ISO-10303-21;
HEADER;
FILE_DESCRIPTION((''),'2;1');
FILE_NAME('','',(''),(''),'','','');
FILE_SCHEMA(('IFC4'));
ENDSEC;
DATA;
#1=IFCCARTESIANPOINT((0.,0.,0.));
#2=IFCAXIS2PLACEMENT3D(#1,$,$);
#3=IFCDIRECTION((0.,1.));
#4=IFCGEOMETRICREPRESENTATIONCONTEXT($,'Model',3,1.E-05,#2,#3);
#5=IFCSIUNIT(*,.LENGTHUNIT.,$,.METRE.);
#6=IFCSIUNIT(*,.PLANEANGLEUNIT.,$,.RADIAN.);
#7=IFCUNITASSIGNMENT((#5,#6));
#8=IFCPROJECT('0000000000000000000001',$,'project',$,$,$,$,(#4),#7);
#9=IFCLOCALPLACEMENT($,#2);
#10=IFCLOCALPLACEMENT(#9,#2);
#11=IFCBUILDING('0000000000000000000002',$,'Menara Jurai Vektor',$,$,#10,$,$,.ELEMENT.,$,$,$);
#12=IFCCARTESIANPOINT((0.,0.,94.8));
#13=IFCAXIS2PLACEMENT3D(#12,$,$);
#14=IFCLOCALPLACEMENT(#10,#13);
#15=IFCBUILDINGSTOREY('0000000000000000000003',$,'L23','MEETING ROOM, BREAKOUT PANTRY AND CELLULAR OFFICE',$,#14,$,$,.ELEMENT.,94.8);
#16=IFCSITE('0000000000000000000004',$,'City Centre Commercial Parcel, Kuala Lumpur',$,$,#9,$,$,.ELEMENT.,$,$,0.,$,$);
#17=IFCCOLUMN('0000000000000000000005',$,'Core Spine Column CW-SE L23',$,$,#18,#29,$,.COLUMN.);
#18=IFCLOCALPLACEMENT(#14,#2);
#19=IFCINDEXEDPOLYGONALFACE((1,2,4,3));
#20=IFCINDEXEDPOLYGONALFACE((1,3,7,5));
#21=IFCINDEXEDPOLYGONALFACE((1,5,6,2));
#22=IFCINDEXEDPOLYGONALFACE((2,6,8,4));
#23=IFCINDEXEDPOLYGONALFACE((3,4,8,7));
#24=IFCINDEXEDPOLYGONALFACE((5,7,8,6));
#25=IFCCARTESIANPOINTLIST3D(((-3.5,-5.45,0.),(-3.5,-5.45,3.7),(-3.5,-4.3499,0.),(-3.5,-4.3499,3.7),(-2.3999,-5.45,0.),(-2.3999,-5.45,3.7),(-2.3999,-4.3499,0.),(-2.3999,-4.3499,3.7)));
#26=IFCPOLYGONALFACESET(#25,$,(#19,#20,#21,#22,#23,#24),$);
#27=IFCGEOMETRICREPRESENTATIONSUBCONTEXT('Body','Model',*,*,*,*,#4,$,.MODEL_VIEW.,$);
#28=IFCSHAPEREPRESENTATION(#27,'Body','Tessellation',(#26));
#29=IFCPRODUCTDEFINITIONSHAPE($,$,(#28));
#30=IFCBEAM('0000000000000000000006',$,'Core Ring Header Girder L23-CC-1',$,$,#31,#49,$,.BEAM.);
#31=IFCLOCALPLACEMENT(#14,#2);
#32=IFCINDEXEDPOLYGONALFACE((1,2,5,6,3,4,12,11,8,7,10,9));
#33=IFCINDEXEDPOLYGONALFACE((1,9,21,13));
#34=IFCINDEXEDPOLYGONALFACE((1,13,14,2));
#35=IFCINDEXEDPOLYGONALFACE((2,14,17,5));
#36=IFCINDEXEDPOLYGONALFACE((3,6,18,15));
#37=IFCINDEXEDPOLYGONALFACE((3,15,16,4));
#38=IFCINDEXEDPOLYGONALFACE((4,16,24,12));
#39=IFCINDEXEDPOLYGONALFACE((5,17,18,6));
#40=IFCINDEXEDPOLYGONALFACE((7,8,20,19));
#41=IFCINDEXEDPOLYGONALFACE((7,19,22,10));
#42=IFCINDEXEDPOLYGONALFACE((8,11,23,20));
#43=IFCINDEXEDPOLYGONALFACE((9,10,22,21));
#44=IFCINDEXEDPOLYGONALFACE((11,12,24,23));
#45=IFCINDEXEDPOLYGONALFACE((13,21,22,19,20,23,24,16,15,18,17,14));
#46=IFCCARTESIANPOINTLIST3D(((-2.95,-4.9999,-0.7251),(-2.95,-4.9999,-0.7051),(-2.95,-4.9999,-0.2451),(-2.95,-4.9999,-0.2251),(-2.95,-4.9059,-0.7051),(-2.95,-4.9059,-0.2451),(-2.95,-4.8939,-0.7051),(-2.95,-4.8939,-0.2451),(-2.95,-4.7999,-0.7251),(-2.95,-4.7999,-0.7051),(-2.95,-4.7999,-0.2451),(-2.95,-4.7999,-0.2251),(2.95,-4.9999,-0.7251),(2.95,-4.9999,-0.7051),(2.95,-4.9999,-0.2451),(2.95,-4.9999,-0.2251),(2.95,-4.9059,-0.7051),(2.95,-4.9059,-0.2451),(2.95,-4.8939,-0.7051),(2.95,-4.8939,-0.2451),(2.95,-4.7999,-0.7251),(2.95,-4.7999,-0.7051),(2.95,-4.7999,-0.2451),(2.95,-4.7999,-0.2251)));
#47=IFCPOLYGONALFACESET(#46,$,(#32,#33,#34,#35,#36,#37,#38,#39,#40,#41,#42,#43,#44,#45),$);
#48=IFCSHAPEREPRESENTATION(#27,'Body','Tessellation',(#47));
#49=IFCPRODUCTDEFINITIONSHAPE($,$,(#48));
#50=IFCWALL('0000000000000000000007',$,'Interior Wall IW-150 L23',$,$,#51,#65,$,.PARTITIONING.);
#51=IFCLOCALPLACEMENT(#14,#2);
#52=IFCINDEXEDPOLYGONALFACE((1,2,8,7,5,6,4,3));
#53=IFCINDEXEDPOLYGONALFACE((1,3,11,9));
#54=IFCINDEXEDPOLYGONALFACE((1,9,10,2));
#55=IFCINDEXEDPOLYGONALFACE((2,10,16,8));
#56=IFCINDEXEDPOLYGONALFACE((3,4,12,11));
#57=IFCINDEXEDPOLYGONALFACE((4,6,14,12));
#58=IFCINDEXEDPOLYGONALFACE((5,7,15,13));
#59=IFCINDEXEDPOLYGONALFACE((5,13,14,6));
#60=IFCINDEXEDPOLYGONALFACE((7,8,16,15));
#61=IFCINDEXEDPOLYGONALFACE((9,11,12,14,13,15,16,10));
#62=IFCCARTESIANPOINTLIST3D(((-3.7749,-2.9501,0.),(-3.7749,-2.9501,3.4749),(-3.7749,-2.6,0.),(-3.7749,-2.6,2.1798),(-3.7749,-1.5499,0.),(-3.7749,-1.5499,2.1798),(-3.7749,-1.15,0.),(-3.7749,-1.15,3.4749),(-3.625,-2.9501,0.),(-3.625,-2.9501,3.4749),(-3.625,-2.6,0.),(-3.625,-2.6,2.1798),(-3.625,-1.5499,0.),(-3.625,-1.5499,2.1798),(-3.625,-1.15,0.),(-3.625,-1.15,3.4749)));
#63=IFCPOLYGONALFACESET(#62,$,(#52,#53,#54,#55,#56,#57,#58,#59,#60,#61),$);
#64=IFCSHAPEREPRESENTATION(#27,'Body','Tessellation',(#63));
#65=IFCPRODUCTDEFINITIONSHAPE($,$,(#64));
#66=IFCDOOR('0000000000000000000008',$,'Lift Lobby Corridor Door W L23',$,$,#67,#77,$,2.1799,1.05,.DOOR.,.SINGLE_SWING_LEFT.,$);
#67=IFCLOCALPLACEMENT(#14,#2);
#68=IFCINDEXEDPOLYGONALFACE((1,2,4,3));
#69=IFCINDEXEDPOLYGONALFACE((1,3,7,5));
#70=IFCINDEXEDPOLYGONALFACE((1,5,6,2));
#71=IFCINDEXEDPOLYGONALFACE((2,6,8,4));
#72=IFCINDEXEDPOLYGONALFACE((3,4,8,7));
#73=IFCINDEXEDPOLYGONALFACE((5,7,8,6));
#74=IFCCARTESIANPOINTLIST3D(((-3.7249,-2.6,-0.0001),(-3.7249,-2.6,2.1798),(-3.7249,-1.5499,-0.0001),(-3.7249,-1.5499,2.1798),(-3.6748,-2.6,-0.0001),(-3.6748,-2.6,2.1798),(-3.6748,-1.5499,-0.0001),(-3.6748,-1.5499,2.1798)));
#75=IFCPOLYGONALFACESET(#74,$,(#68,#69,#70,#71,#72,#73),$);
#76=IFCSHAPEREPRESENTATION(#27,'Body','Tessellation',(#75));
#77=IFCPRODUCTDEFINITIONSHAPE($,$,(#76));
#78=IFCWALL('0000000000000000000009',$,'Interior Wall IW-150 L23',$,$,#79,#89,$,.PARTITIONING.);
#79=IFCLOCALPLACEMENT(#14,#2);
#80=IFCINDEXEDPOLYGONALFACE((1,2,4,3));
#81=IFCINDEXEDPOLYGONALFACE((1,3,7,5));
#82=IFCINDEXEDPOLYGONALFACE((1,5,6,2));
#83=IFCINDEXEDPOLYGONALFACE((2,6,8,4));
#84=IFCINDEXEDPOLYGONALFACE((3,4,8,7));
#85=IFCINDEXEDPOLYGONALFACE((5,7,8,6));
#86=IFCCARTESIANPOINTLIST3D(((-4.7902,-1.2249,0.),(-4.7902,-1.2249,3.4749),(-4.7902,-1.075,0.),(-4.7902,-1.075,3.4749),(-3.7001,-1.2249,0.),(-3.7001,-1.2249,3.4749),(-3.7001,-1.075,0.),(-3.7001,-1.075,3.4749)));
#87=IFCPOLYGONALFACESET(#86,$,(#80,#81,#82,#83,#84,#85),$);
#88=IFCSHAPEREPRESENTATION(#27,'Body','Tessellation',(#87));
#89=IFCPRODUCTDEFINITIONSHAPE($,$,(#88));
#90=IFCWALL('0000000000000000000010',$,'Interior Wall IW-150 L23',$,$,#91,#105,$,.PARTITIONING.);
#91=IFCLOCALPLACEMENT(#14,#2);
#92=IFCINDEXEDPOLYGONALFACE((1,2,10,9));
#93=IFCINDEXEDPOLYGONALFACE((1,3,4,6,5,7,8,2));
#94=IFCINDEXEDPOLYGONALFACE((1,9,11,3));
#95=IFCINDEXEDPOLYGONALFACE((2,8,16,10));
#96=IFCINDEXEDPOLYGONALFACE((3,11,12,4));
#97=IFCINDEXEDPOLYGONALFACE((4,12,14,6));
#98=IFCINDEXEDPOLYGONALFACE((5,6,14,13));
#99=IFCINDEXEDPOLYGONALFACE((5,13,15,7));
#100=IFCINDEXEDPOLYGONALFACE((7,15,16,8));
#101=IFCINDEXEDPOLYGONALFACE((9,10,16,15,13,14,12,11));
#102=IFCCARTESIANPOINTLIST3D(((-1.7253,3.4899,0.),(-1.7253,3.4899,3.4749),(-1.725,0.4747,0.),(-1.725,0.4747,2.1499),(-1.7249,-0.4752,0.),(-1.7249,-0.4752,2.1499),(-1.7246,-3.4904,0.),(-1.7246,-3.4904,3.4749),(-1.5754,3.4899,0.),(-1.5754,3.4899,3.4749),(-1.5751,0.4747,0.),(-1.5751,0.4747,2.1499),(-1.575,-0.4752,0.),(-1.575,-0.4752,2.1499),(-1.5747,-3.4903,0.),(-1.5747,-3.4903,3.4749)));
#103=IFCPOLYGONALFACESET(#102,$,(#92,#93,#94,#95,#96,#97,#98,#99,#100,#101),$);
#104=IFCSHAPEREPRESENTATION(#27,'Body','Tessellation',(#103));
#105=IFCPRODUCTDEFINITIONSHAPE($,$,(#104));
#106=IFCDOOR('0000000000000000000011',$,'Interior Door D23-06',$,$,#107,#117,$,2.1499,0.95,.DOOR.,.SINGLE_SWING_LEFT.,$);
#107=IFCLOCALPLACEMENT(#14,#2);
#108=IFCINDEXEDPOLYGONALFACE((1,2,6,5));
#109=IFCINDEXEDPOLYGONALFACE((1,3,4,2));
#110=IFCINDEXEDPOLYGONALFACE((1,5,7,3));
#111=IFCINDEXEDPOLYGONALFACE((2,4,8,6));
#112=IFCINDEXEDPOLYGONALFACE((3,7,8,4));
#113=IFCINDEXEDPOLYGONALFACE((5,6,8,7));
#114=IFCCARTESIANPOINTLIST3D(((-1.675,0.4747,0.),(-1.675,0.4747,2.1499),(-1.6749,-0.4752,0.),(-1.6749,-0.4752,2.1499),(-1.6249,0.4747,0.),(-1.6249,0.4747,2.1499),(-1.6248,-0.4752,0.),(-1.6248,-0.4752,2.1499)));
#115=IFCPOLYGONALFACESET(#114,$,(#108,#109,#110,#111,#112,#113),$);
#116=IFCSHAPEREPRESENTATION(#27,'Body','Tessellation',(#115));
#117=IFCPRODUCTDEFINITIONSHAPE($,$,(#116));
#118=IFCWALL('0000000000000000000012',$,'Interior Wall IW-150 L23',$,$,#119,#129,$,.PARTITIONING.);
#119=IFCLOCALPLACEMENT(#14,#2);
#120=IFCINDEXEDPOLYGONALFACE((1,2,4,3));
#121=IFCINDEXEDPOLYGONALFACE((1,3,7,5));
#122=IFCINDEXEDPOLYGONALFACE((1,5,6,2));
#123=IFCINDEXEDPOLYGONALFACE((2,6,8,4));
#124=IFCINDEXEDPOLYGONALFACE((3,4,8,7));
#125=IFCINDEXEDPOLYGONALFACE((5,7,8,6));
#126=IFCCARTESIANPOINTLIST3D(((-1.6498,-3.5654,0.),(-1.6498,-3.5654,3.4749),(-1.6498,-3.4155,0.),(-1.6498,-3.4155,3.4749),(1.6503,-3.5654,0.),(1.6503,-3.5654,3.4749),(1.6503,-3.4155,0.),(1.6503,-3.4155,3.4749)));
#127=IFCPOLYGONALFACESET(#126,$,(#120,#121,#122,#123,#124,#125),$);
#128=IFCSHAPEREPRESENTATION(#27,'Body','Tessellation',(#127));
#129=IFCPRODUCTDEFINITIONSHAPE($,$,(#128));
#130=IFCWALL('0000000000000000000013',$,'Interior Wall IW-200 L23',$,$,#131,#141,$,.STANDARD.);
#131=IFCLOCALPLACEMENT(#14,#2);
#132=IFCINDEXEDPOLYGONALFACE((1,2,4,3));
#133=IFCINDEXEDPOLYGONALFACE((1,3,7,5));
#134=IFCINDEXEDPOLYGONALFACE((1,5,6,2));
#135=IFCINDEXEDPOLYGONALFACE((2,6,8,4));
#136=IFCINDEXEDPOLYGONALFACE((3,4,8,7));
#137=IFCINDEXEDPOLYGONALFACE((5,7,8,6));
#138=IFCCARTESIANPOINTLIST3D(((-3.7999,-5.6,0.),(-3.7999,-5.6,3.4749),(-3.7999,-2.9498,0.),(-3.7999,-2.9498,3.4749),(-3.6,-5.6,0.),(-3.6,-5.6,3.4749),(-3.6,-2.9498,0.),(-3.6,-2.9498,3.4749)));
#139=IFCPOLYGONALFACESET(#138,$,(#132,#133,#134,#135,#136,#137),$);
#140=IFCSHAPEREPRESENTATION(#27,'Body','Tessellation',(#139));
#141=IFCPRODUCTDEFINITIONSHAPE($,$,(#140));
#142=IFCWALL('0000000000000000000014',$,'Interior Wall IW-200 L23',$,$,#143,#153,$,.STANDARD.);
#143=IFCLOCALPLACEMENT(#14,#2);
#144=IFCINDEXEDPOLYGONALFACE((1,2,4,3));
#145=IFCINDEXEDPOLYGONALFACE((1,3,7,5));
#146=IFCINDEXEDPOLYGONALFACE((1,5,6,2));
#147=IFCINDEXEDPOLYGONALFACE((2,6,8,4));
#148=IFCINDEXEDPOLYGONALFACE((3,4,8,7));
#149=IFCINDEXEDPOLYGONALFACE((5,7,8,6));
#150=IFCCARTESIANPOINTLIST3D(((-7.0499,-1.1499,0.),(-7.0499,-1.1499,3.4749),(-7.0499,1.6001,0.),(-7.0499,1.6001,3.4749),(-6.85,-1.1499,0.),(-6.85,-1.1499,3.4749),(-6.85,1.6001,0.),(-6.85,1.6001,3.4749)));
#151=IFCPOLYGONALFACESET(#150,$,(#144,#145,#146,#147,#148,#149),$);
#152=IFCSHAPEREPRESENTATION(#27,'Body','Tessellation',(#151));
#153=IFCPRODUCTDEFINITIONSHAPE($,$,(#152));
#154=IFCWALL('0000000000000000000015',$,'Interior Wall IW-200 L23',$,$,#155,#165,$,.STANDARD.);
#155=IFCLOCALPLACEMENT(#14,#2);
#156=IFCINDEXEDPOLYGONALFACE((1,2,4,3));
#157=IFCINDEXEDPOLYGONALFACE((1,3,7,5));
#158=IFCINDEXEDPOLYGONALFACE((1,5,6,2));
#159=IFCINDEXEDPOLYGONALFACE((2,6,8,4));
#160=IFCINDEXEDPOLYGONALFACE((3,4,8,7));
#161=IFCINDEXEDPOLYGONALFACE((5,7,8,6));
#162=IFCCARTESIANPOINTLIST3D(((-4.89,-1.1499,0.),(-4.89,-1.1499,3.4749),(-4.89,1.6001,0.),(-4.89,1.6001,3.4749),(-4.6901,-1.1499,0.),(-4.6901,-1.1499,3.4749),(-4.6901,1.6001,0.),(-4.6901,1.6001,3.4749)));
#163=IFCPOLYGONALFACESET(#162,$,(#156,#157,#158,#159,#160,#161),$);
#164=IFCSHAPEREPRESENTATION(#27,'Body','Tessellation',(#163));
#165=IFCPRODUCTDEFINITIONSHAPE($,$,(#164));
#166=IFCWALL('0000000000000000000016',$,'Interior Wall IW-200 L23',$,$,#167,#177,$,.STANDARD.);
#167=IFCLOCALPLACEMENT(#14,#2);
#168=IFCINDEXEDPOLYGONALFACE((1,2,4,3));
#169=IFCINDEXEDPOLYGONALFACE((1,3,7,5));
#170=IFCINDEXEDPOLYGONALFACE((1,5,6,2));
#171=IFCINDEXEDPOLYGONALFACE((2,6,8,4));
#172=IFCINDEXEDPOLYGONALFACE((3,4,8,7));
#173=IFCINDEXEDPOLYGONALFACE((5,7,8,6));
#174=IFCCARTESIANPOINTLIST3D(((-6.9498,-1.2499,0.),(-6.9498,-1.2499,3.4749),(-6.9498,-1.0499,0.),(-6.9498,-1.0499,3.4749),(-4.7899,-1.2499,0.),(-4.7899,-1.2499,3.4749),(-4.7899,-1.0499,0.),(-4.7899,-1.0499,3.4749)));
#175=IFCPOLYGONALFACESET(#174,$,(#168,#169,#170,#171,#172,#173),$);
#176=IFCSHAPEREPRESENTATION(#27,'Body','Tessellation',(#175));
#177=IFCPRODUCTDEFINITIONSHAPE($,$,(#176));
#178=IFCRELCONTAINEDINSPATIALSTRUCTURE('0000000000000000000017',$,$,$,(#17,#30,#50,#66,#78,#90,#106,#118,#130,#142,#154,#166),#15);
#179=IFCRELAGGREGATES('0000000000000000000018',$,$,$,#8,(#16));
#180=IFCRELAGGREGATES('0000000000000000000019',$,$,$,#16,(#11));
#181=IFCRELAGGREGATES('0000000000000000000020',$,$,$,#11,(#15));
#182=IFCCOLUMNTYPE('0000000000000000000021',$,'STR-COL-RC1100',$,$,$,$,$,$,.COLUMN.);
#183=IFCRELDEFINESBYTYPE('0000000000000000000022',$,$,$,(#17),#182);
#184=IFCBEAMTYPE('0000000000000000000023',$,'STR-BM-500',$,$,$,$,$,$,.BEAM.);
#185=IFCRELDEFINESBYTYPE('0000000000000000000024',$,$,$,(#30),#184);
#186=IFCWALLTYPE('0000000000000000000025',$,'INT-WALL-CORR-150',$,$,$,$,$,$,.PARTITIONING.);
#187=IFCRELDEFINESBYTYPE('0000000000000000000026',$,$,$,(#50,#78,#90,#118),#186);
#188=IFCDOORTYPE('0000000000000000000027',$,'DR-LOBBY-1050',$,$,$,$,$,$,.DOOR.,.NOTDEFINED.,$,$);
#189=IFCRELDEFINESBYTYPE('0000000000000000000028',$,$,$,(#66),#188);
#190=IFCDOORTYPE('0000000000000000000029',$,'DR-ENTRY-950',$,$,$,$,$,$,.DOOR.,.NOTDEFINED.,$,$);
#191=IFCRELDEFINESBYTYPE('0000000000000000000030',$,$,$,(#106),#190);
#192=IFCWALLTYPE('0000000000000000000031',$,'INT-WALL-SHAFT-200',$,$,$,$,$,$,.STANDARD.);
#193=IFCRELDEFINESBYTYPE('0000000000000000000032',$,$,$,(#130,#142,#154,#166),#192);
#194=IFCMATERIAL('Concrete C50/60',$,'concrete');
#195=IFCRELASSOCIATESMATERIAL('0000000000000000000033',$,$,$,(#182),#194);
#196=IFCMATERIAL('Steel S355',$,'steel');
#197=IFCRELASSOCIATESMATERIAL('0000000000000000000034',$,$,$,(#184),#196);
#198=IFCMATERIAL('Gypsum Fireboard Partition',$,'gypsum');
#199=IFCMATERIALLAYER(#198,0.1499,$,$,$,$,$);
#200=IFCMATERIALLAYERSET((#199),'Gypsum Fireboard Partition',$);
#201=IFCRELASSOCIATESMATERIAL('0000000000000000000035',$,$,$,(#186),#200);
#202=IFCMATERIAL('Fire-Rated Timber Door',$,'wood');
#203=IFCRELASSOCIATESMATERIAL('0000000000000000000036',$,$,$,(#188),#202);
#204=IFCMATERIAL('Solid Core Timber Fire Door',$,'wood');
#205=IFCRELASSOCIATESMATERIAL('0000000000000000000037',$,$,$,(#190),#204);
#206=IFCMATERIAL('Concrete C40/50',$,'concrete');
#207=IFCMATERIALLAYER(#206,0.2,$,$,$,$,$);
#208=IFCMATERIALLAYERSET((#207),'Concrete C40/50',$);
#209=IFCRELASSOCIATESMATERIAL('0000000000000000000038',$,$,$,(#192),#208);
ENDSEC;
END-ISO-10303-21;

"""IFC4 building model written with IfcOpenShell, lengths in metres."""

from ifc_helpers import new_model, si_unit, direction, frame, frame_2d, origin, origin_2d, place, context, subcontext, project, spatial, rectangle, i_section, extrude, material, layer, layer_set, material_profile, profile_set, type_object, element, fill, save


model = new_model("IFC4")

# Units and contexts
model_context = context("Model", 3, precision=1e-05, world=origin(), true_north=direction((0.0, 1.0)))
body_context = subcontext(model_context, "Body", "Model", "MODEL_VIEW")
ifc_project = project(units=[si_unit("LENGTHUNIT", "METRE"), si_unit("PLANEANGLEUNIT", "RADIAN")], contexts=[model_context])

# Site, building, storey
site_placement = place(None, origin())
site = spatial("IfcSite", under=ifc_project, at=site_placement, Name="City Centre Commercial Parcel, Kuala Lumpur", CompositionType="ELEMENT", RefElevation=0.0)
building_placement = place(site_placement, origin())
building = spatial("IfcBuilding", under=site, at=building_placement, Name="Menara Jurai Vektor", CompositionType="ELEMENT")
storey_placement = place(building_placement, frame((0.0, 0.0, 94.8)))
storey = spatial("IfcBuildingStorey", under=building, at=storey_placement, Name="L23", Description="MEETING ROOM, BREAKOUT PANTRY AND CELLULAR OFFICE", CompositionType="ELEMENT", Elevation=94.8)

# Column
ifc_material_1 = material(Name="Concrete C50/60", Category="concrete")
ifc_material_profile_1 = material_profile(ifc_material_1, rectangle(XDim=1.1001, YDim=1.1001, at=origin_2d()), Name="RC 1100x1100")
ifc_profile_set_1 = profile_set([ifc_material_profile_1], Name="Concrete C50/60")
column_type = type_object("IfcColumnType", Name="STR-COL-RC1100", PredefinedType="COLUMN", material=ifc_profile_set_1)
column_placement = place(storey_placement, frame((-2.95, -4.8999, 0.0), z_axis=(0.0, 0.0, 1.0), x_axis=(1.0, 0.0, 0.0)))
element("IfcColumn", 1, at=column_placement, inside=storey, type_object=column_type, Name="Core Spine Column CW-SE L23", PredefinedType="COLUMN", context=body_context, shape_type="SweptSolid", body=[
    extrude(rectangle(XDim=1.1001, YDim=1.1001, at=origin_2d()), origin(), (0.0, 0.0, 1.0), 3.7),
])

# Beam
ifc_material_2 = material(Name="Steel S355", Category="steel")
ifc_material_profile_2 = material_profile(ifc_material_2, i_section(OverallWidth=0.2, OverallDepth=0.5, WebThickness=0.012, FlangeThickness=0.02, at=origin_2d()), Name="PG 500x200x96")
ifc_profile_set_2 = profile_set([ifc_material_profile_2], Name="Steel S355")
beam_type = type_object("IfcBeamType", Name="STR-BM-500", PredefinedType="BEAM", material=ifc_profile_set_2)
beam_placement = place(storey_placement, frame((-2.95, -4.8999, -0.4751), z_axis=(1.0, 0.0, 0.0), x_axis=(0.0, 1.0, 0.0)))
element("IfcBeam", 2, at=beam_placement, inside=storey, type_object=beam_type, Name="Core Ring Header Girder L23-CC-1", PredefinedType="BEAM", context=body_context, shape_type="SweptSolid", body=[
    extrude(i_section(OverallWidth=0.2, OverallDepth=0.5, WebThickness=0.012, FlangeThickness=0.02, at=origin_2d()), origin(), (0.0, 0.0, 1.0), 5.8999),
])

# Wall, opening, door
ifc_material_3 = material(Name="Gypsum Fireboard Partition", Category="gypsum")
ifc_layer_1 = layer(ifc_material_3, 0.1499)
ifc_layer_set_1 = layer_set([ifc_layer_1], Name="Gypsum Fireboard Partition")
wall_type_1 = type_object("IfcWallType", Name="INT-WALL-CORR-150", PredefinedType="PARTITIONING", material=ifc_layer_set_1)
wall_1_placement = place(storey_placement, frame((-3.7, -2.95, 0.0), z_axis=(0.0, 0.0, 1.0), x_axis=(0.0, 1.0, 0.0)))
wall_1 = element("IfcWall", 3, at=wall_1_placement, inside=storey, type_object=wall_type_1, Name="Interior Wall IW-150 L23", PredefinedType="PARTITIONING", context=body_context, shape_type="SweptSolid", body=[
    extrude(rectangle(XDim=1.8, YDim=0.1499, at=frame_2d((0.8999, 0.0))), origin(), (0.0, 0.0, 1.0), 3.4749),
])
opening_1_placement = place(wall_1_placement, frame((0.3501, 0.0, 0.0)))
opening_1 = element("IfcOpeningElement", 4, at=opening_1_placement, cuts=wall_1, PredefinedType="OPENING", context=body_context, shape_type="SweptSolid", body=[
    extrude(rectangle(XDim=1.05, YDim=2.1799, at=frame_2d((0.5249, 1.0898))), frame((0.0, 0.085, 0.0), z_axis=(0.0, -1.0, 0.0), x_axis=(1.0, 0.0, 0.0)), (0.0, 0.0, 1.0), 0.1699),
])
ifc_material_4 = material(Name="Fire-Rated Timber Door", Category="wood")
door_type_1 = type_object("IfcDoorType", Name="DR-LOBBY-1050", OperationType="NOTDEFINED", PredefinedType="DOOR", material=ifc_material_4)
door_1_placement = place(opening_1_placement, origin())
door_1 = element("IfcDoor", 5, at=door_1_placement, inside=storey, type_object=door_type_1, Name="Lift Lobby Corridor Door W L23", OperationType="SINGLE_SWING_LEFT", OverallHeight=2.1799, OverallWidth=1.05, PredefinedType="DOOR", context=body_context, shape_type="SweptSolid", body=[
    extrude(rectangle(XDim=1.05, YDim=2.1799, at=frame_2d((0.5249, 1.0898))), frame((0.0, 0.0249, 0.0), z_axis=(0.0, -1.0, 0.0), x_axis=(1.0, 0.0, 0.0)), (0.0, 0.0, 1.0), 0.05),
])
fill(opening_1, door_1)

# Wall
wall_2_placement = place(storey_placement, frame((-4.79, -1.1499, 0.0), z_axis=(0.0, 0.0, 1.0), x_axis=(1.0, 0.0, 0.0)))
element("IfcWall", 6, at=wall_2_placement, inside=storey, type_object=wall_type_1, Name="Interior Wall IW-150 L23", PredefinedType="PARTITIONING", context=body_context, shape_type="SweptSolid", body=[
    extrude(rectangle(XDim=1.0901, YDim=0.1499, at=frame_2d((0.5449, 0.0))), origin(), (0.0, 0.0, 1.0), 3.4749),
])

# Wall, opening, door
wall_3_placement = place(storey_placement, frame((-1.6497, -3.4905, 0.0), z_axis=(0.0, 0.0, 1.0), x_axis=(-0.000105, 1.0, 0.0)))
wall_3 = element("IfcWall", 7, at=wall_3_placement, inside=storey, type_object=wall_type_1, Name="Interior Wall IW-150 L23", PredefinedType="PARTITIONING", context=body_context, shape_type="SweptSolid", body=[
    extrude(rectangle(XDim=6.9802, YDim=0.1499, at=frame_2d((3.4902, 0.0))), origin(), (0.0, 0.0, 1.0), 3.4749),
])
opening_2_placement = place(wall_3_placement, frame((3.0151, 0.0, 0.0)))
opening_2 = element("IfcOpeningElement", 8, at=opening_2_placement, cuts=wall_3, PredefinedType="OPENING", context=body_context, shape_type="SweptSolid", body=[
    extrude(rectangle(XDim=0.95, YDim=2.1499, at=frame_2d((0.4751, 1.075))), frame((0.0, 0.085, 0.0), z_axis=(0.0, -1.0, 0.0), x_axis=(1.0, 0.0, 0.0)), (0.0, 0.0, 1.0), 0.1699),
])
ifc_material_5 = material(Name="Solid Core Timber Fire Door", Category="wood")
door_type_2 = type_object("IfcDoorType", Name="DR-ENTRY-950", OperationType="NOTDEFINED", PredefinedType="DOOR", material=ifc_material_5)
door_2_placement = place(opening_2_placement, origin())
door_2 = element("IfcDoor", 9, at=door_2_placement, inside=storey, type_object=door_type_2, Name="Interior Door D23-06", OperationType="SINGLE_SWING_LEFT", OverallHeight=2.1499, OverallWidth=0.95, PredefinedType="DOOR", context=body_context, shape_type="SweptSolid", body=[
    extrude(rectangle(XDim=0.95, YDim=2.1499, at=frame_2d((0.4751, 1.075))), frame((0.0, 0.0249, 0.0), z_axis=(0.0, -1.0, 0.0), x_axis=(1.0, 0.0, 0.0)), (0.0, 0.0, 1.0), 0.05),
])
fill(opening_2, door_2)

# Wall
wall_4_placement = place(storey_placement, frame((-1.6497, -3.4905, 0.0), z_axis=(0.0, 0.0, 1.0), x_axis=(1.0, 0.0, 0.0)))
element("IfcWall", 10, at=wall_4_placement, inside=storey, type_object=wall_type_1, Name="Interior Wall IW-150 L23", PredefinedType="PARTITIONING", context=body_context, shape_type="SweptSolid", body=[
    extrude(rectangle(XDim=3.3, YDim=0.1499, at=frame_2d((1.6499, 0.0))), origin(), (0.0, 0.0, 1.0), 3.4749),
])

# Shared definitions
ifc_material_6 = material(Name="Concrete C40/50", Category="concrete")
ifc_layer_2 = layer(ifc_material_6, 0.2)
ifc_layer_set_2 = layer_set([ifc_layer_2], Name="Concrete C40/50")
wall_type_2 = type_object("IfcWallType", Name="INT-WALL-SHAFT-200", PredefinedType="STANDARD", material=ifc_layer_set_2)

# Walls
wall_5_placement = place(storey_placement, frame((-3.7, -5.6001, 0.0), z_axis=(0.0, 0.0, 1.0), x_axis=(0.0, 1.0, 0.0)))
element("IfcWall", 11, at=wall_5_placement, inside=storey, type_object=wall_type_2, Name="Interior Wall IW-200 L23", PredefinedType="STANDARD", context=body_context, shape_type="SweptSolid", body=[
    extrude(rectangle(XDim=2.6501, YDim=0.2, at=frame_2d((1.3252, 0.0))), origin(), (0.0, 0.0, 1.0), 3.4749),
])
for number, where, z_axis, x_axis, name in (
    (12, (-6.95, -1.1499, 0.0), (0.0, 0.0, 1.0), (0.0, 1.0, 0.0), "Interior Wall IW-200 L23"),
    (13, (-4.79, -1.1499, 0.0), (0.0, 0.0, 1.0), (0.0, 1.0, 0.0), "Interior Wall IW-200 L23"),
):
    element("IfcWall", number, at=place(storey_placement, frame(where, z_axis=z_axis, x_axis=x_axis)), inside=storey, type_object=wall_type_2, Name=name, PredefinedType="STANDARD", context=body_context, shape_type="SweptSolid", body=[
        extrude(rectangle(XDim=2.75, YDim=0.2, at=frame_2d((1.375, 0.0))), origin(), (0.0, 0.0, 1.0), 3.4749),
    ])
wall_6_placement = place(storey_placement, frame((-6.95, -1.1499, 0.0), z_axis=(0.0, 0.0, 1.0), x_axis=(1.0, 0.0, 0.0)))
element("IfcWall", 14, at=wall_6_placement, inside=storey, type_object=wall_type_2, Name="Interior Wall IW-200 L23", PredefinedType="STANDARD", context=body_context, shape_type="SweptSolid", body=[
    extrude(rectangle(XDim=2.1599, YDim=0.2, at=frame_2d((1.0801, 0.0))), origin(), (0.0, 0.0, 1.0), 3.4749),
])

save(model, "model.ifc")
